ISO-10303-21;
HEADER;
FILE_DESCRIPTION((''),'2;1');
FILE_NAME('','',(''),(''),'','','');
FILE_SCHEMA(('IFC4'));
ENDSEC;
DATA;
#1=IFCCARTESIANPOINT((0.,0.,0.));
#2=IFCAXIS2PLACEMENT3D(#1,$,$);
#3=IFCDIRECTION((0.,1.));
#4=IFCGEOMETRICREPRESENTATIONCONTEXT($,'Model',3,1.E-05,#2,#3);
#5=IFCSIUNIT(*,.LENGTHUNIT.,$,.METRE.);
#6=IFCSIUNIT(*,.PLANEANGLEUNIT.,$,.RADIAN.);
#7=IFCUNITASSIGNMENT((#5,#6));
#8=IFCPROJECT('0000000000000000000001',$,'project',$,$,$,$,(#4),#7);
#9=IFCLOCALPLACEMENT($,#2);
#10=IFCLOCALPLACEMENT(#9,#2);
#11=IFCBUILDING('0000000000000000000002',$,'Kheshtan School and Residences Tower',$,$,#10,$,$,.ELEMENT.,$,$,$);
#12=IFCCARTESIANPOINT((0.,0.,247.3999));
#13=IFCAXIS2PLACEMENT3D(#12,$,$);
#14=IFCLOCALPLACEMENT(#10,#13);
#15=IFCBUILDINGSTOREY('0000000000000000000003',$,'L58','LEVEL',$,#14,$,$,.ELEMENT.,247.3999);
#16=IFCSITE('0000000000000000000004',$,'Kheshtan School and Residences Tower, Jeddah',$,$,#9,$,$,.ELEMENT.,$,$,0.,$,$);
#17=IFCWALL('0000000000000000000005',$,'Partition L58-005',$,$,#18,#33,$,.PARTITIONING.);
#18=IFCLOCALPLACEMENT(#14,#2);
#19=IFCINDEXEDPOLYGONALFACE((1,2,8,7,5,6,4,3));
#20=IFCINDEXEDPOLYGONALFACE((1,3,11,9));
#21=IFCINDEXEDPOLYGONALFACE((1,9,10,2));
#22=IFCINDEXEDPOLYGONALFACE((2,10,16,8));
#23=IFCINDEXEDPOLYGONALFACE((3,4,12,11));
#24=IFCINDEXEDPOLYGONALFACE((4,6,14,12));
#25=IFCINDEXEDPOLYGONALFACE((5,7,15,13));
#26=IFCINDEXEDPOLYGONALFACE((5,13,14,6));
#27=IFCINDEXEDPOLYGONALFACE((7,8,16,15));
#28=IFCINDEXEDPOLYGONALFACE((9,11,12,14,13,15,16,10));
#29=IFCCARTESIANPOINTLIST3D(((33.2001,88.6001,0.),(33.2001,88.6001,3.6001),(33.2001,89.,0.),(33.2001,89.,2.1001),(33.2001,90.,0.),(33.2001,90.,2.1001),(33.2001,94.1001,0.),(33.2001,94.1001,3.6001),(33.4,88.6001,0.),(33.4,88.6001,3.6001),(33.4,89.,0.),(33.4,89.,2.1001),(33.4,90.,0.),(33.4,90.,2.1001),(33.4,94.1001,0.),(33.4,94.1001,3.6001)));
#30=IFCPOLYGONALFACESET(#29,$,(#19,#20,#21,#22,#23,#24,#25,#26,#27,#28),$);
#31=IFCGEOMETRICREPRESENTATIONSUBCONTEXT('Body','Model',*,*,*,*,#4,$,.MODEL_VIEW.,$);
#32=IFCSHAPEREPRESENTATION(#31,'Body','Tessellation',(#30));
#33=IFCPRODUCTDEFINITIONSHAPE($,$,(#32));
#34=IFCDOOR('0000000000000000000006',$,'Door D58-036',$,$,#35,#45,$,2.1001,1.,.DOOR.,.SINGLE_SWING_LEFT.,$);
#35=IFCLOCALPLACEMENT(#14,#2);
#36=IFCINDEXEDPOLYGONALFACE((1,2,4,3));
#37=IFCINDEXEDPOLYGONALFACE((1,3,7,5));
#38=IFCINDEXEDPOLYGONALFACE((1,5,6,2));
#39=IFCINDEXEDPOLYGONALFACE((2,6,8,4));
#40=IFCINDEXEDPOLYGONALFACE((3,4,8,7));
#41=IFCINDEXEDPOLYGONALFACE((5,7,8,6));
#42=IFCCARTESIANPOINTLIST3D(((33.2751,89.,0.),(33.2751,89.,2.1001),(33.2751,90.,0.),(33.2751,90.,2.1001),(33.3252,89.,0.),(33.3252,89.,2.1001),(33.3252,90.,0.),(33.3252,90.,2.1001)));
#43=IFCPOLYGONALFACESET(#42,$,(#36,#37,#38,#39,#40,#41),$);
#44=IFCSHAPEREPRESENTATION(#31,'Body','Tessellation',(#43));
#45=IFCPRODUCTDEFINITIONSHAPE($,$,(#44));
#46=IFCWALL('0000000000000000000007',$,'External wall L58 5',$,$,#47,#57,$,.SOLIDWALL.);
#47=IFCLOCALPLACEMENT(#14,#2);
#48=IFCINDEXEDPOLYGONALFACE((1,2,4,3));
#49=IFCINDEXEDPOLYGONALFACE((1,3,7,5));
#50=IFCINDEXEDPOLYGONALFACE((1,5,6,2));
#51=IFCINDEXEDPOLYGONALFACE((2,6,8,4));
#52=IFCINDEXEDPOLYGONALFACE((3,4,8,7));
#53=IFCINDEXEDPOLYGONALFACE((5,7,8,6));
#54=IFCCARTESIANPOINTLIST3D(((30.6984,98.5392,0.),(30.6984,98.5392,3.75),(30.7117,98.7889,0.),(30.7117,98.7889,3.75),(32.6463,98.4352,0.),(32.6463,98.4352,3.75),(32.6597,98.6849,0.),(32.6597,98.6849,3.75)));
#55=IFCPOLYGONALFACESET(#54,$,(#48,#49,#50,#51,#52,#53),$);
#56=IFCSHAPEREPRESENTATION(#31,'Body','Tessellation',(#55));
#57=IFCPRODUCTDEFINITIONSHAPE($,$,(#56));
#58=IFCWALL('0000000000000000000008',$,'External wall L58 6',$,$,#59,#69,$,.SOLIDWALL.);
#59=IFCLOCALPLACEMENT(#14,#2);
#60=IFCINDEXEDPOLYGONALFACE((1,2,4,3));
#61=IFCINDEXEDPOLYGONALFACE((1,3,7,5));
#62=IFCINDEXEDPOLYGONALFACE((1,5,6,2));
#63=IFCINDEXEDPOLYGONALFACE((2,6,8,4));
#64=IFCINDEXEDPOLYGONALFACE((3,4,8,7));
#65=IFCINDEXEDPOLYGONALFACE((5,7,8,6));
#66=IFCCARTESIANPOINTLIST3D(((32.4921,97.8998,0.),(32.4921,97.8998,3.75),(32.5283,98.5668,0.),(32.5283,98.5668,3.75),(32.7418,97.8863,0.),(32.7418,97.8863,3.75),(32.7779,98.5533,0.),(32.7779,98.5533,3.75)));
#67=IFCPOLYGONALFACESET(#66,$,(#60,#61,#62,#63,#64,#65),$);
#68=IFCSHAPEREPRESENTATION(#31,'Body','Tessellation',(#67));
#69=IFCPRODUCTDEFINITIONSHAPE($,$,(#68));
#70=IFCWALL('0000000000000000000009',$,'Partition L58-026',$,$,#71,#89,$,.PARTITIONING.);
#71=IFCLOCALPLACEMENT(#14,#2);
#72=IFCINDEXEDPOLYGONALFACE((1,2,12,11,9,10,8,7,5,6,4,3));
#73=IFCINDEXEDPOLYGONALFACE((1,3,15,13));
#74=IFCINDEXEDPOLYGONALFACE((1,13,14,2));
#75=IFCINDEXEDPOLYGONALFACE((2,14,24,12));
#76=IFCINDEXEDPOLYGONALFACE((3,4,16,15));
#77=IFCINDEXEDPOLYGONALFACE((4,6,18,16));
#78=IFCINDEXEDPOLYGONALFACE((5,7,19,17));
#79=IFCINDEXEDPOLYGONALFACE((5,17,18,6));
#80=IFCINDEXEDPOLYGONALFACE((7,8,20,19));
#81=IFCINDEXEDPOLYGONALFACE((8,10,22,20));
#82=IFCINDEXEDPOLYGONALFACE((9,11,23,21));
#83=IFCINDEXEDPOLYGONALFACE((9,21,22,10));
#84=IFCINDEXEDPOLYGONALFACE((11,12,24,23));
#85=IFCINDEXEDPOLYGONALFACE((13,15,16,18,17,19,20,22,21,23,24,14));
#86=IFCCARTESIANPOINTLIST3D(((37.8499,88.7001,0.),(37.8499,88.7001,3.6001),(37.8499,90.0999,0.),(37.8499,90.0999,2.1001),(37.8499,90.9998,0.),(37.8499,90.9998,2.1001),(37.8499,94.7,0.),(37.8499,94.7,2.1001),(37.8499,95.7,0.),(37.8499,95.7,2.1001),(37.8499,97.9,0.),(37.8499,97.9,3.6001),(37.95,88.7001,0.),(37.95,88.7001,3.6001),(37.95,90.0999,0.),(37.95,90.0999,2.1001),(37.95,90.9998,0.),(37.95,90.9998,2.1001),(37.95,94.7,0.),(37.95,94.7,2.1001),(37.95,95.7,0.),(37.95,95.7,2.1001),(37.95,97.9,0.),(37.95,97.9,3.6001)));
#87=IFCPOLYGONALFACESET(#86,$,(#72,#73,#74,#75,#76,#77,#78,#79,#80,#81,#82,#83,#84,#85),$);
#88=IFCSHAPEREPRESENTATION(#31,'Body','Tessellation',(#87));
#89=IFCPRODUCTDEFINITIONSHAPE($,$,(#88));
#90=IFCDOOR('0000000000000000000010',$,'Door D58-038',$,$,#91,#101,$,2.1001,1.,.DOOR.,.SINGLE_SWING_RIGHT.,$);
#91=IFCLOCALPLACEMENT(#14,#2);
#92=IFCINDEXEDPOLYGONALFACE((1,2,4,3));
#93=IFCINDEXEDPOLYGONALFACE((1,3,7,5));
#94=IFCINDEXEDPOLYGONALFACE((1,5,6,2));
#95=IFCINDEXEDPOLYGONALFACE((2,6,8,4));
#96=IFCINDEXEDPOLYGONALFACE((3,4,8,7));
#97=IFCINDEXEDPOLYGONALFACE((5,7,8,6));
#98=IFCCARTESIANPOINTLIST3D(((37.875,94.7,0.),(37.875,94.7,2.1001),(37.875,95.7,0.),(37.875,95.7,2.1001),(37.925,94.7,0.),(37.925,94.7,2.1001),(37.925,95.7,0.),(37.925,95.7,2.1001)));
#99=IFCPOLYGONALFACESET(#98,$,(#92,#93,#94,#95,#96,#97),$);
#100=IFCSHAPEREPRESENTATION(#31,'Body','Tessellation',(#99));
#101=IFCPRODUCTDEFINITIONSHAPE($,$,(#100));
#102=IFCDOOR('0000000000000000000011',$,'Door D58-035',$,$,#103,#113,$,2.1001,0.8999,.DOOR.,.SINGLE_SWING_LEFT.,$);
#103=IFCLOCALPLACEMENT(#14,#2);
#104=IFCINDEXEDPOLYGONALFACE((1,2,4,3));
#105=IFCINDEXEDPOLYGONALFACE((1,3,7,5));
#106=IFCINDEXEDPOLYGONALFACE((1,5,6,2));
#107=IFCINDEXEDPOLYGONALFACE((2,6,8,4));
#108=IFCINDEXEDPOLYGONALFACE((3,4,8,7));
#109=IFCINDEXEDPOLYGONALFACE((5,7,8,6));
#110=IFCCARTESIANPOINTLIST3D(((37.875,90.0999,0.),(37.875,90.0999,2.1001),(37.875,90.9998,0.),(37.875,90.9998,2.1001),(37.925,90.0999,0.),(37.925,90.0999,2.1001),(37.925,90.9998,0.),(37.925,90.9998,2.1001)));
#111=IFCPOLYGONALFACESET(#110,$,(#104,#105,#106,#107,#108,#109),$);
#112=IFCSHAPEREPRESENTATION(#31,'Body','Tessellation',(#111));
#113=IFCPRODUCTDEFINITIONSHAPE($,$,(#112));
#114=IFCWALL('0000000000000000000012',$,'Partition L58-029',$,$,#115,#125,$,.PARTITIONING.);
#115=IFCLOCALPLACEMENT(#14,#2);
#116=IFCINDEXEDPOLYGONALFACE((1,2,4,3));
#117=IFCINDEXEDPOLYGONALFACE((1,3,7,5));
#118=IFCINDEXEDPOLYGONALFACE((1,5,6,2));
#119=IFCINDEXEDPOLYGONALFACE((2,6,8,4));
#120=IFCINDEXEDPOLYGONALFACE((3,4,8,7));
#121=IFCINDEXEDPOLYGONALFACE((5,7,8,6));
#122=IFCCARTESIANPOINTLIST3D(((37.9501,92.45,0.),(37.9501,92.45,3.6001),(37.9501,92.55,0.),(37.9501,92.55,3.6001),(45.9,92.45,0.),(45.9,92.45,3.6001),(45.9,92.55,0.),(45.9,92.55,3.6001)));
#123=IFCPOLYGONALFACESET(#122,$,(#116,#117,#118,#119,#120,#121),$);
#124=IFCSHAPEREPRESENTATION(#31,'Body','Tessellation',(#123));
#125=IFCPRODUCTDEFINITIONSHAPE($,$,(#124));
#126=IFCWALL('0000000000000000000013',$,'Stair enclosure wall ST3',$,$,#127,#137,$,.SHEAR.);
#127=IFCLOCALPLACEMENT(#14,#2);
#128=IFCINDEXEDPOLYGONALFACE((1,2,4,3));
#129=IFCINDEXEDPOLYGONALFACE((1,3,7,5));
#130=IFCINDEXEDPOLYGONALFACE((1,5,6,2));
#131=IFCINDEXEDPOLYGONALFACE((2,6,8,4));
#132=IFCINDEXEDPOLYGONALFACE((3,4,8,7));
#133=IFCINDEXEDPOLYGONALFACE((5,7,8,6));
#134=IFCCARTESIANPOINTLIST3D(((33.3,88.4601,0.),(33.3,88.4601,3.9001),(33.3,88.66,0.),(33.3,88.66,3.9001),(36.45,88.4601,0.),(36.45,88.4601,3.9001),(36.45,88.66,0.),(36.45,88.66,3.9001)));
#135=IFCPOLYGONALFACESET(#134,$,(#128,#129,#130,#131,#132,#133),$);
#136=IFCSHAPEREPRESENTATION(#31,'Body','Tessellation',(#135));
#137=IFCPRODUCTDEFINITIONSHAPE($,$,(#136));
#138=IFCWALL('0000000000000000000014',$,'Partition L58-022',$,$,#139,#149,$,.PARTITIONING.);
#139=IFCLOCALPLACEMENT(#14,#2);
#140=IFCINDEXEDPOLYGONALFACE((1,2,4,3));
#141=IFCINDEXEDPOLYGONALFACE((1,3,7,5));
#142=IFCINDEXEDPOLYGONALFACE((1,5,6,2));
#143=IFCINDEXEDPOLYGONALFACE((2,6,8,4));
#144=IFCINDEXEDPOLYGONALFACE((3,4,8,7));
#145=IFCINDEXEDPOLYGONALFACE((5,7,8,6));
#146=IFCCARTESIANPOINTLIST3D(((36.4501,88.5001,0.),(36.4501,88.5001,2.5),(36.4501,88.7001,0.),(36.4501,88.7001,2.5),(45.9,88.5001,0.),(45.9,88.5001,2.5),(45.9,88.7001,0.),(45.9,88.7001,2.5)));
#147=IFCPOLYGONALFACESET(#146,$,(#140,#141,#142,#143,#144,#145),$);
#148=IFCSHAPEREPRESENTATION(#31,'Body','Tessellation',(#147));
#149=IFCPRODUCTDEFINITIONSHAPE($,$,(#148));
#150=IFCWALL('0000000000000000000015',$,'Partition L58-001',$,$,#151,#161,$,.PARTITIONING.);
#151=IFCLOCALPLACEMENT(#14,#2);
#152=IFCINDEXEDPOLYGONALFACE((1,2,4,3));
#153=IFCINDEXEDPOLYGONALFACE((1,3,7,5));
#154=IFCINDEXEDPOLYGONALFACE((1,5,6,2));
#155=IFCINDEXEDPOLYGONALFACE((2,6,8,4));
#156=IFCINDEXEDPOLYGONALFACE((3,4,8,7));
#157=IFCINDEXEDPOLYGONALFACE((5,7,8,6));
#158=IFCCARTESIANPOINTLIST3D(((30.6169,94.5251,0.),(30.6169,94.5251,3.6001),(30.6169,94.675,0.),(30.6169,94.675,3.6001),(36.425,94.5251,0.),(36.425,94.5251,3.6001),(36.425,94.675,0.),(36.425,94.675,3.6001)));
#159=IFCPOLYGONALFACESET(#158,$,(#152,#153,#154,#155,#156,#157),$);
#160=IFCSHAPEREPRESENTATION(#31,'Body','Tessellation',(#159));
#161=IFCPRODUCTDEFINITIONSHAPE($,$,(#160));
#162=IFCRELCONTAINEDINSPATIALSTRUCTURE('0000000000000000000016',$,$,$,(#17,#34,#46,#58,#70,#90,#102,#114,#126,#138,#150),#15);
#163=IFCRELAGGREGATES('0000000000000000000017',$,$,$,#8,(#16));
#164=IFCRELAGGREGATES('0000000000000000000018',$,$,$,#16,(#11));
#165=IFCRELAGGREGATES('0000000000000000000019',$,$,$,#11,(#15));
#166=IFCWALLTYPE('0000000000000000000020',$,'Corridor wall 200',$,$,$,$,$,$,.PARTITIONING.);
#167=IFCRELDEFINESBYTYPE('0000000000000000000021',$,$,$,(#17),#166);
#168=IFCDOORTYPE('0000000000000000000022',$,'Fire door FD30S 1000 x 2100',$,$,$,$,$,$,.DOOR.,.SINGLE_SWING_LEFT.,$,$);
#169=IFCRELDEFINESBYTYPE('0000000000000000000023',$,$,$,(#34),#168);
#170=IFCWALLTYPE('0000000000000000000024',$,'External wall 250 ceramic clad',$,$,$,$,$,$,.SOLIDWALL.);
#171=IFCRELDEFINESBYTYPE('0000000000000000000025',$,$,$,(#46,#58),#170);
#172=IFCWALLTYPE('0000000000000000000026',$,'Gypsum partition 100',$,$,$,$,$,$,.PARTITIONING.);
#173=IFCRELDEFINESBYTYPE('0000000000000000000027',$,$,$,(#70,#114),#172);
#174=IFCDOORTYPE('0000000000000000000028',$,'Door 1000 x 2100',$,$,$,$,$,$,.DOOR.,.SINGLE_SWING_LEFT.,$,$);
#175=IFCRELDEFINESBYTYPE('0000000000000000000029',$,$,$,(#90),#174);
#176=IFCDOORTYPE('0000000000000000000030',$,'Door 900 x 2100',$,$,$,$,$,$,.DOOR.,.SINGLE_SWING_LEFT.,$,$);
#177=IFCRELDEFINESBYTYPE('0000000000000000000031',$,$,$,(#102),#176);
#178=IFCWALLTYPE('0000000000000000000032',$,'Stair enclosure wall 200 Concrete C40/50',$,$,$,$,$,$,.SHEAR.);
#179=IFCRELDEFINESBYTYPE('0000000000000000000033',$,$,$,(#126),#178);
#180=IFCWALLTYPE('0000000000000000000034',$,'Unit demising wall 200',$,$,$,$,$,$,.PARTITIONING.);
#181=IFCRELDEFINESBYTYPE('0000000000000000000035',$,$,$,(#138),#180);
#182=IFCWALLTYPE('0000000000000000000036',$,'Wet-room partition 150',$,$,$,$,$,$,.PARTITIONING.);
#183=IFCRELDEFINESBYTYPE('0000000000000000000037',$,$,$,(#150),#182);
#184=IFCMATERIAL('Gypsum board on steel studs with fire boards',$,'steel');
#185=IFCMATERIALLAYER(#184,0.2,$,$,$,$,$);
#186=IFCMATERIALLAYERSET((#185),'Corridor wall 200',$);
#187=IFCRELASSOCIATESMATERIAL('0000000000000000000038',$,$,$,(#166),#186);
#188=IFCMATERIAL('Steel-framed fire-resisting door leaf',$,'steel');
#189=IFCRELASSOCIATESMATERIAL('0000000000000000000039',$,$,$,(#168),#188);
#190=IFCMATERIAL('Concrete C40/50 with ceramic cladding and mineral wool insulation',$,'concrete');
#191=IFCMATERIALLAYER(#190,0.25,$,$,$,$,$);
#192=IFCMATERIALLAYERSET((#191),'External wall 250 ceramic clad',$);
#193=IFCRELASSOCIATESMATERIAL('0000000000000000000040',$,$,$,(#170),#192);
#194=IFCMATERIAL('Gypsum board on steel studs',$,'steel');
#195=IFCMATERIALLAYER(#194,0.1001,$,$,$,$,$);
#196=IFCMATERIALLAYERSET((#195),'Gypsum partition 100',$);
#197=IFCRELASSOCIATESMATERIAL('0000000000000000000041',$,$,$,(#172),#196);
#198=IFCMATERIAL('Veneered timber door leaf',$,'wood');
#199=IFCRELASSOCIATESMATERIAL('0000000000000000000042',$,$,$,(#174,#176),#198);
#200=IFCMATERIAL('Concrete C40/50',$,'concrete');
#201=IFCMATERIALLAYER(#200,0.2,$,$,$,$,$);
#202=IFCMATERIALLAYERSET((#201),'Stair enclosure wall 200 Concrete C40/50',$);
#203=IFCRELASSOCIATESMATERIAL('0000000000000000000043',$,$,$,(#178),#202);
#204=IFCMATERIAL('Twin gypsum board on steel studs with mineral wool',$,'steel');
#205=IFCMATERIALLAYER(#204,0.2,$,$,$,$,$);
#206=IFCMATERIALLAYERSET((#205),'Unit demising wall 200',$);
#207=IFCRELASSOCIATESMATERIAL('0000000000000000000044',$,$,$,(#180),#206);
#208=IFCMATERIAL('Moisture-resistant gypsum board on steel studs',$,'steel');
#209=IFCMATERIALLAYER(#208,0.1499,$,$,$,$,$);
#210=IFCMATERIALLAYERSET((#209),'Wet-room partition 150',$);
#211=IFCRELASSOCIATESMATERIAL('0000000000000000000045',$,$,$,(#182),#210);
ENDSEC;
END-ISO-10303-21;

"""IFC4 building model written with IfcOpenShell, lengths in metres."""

from ifc_helpers import new_model, si_unit, direction, frame, frame_2d, origin, place, context, subcontext, project, spatial, rectangle, extrude, source, transform, mapped, material, layer, layer_set, type_object, element, fill, save


model = new_model("IFC4")

# Units and contexts
model_context = context("Model", 3, precision=1e-05, world=origin(), true_north=direction((0.0, 1.0)))
body_context = subcontext(model_context, "Body", "Model", "MODEL_VIEW")
ifc_project = project(units=[si_unit("LENGTHUNIT", "METRE"), si_unit("PLANEANGLEUNIT", "RADIAN")], contexts=[model_context])

# Site, building, storey
site_placement = place(None, origin())
site = spatial("IfcSite", under=ifc_project, at=site_placement, Name="Kheshtan School and Residences Tower, Jeddah", CompositionType="ELEMENT", RefElevation=0.0)
building_placement = place(site_placement, origin())
building = spatial("IfcBuilding", under=site, at=building_placement, Name="Kheshtan School and Residences Tower", CompositionType="ELEMENT")
storey_placement = place(building_placement, frame((0.0, 0.0, 247.3999)))
storey = spatial("IfcBuildingStorey", under=building, at=storey_placement, Name="L58", Description="LEVEL", CompositionType="ELEMENT", Elevation=247.3999)

# Shared definitions
ifc_material_1 = material(Name="Gypsum board on steel studs with fire boards", Category="steel")
ifc_layer_1 = layer(ifc_material_1, 0.2)
ifc_layer_set_1 = layer_set([ifc_layer_1], Name="Corridor wall 200")
wall_type_1 = type_object("IfcWallType", Name="Corridor wall 200", PredefinedType="PARTITIONING", material=ifc_layer_set_1)

# Wall, opening, door
wall_1_placement = place(storey_placement, frame((33.3, 88.6001, 0.0), z_axis=(0.0, 0.0, 1.0), x_axis=(0.0, 1.0, 0.0)))
wall_1 = element("IfcWall", 1, at=wall_1_placement, inside=storey, type_object=wall_type_1, Name="Partition L58-005", PredefinedType="PARTITIONING", context=body_context, shape_type="SweptSolid", body=[
    extrude(rectangle(XDim=5.5, YDim=0.2, at=frame_2d((2.75, 0.0))), origin(), (0.0, 0.0, 1.0), 3.6001),
])
opening_1_placement = place(wall_1_placement, frame((0.3999, 0.0, 0.0)))
opening_1 = element("IfcOpeningElement", 2, at=opening_1_placement, cuts=wall_1, PredefinedType="OPENING", context=body_context, shape_type="SweptSolid", body=[
    extrude(rectangle(XDim=1.0, YDim=2.1001, at=frame_2d((0.5, 1.05))), frame((0.0, 0.1099, 0.0), z_axis=(0.0, -1.0, 0.0), x_axis=(1.0, 0.0, 0.0)), (0.0, 0.0, 1.0), 0.22),
])
ifc_material_2 = material(Name="Steel-framed fire-resisting door leaf", Category="steel")
door_type_1 = type_object("IfcDoorType", Name="Fire door FD30S 1000 x 2100", OperationType="SINGLE_SWING_LEFT", PredefinedType="DOOR", material=ifc_material_2)
shared_shape_1 = source(origin(), body_context, "Body", "SweptSolid", [
    extrude(rectangle(XDim=1.0, YDim=2.1001, at=frame_2d((0.5, 1.05))), frame((0.0, 0.0249, 0.0), z_axis=(0.0, -1.0, 0.0), x_axis=(1.0, 0.0, 0.0)), (0.0, 0.0, 1.0), 0.05),
])
door_1_placement = place(opening_1_placement, origin())
door_1 = element("IfcDoor", 3, at=door_1_placement, inside=storey, type_object=door_type_1, Name="Door D58-036", OperationType="SINGLE_SWING_LEFT", OverallHeight=2.1001, OverallWidth=1.0, PredefinedType="DOOR", context=body_context, shape_type="MappedRepresentation", body=[
    mapped(shared_shape_1, transform((0.0, 0.0, 0.0), x_axis=(1.0, 0.0, 0.0), y_axis=(0.0, 1.0, 0.0), z_axis=(0.0, 0.0, 1.0), scale=1.0)),
])
fill(opening_1, door_1)

# Walls
ifc_material_3 = material(Name="Concrete C40/50 with ceramic cladding and mineral wool insulation", Category="concrete")
ifc_layer_2 = layer(ifc_material_3, 0.25)
ifc_layer_set_2 = layer_set([ifc_layer_2], Name="External wall 250 ceramic clad")
wall_type_2 = type_object("IfcWallType", Name="External wall 250 ceramic clad", PredefinedType="SOLIDWALL", material=ifc_layer_set_2)
wall_2_placement = place(storey_placement, frame((30.7051, 98.6641, 0.0), z_axis=(0.0, 0.0, 1.0), x_axis=(0.998578, -0.053314, 0.0)))
element("IfcWall", 4, at=wall_2_placement, inside=storey, type_object=wall_type_2, Name="External wall L58 5", PredefinedType="SOLIDWALL", context=body_context, shape_type="SweptSolid", body=[
    extrude(rectangle(XDim=1.9507, YDim=0.25, at=frame_2d((0.9753, 0.0))), origin(), (0.0, 0.0, 1.0), 3.75),
])
wall_3_placement = place(storey_placement, frame((32.6531, 98.5601, 0.0), z_axis=(0.0, 0.0, 1.0), x_axis=(-0.054093, -0.998536, 0.0)))
element("IfcWall", 5, at=wall_3_placement, inside=storey, type_object=wall_type_2, Name="External wall L58 6", PredefinedType="SOLIDWALL", context=body_context, shape_type="SweptSolid", body=[
    extrude(rectangle(XDim=0.668, YDim=0.25, at=frame_2d((0.334, 0.0))), origin(), (0.0, 0.0, 1.0), 3.75),
])

# Wall, openings, doors
ifc_material_4 = material(Name="Gypsum board on steel studs", Category="steel")
ifc_layer_3 = layer(ifc_material_4, 0.1001)
ifc_layer_set_3 = layer_set([ifc_layer_3], Name="Gypsum partition 100")
wall_type_3 = type_object("IfcWallType", Name="Gypsum partition 100", PredefinedType="PARTITIONING", material=ifc_layer_set_3)
wall_4_placement = place(storey_placement, frame((37.8999, 88.7, 0.0), z_axis=(0.0, 0.0, 1.0), x_axis=(0.0, 1.0, 0.0)))
wall_4 = element("IfcWall", 6, at=wall_4_placement, inside=storey, type_object=wall_type_3, Name="Partition L58-026", PredefinedType="PARTITIONING", context=body_context, shape_type="SweptSolid", body=[
    extrude(rectangle(XDim=9.2, YDim=0.1001, at=frame_2d((4.6001, 0.0))), origin(), (0.0, 0.0, 1.0), 3.6001),
])
opening_2_placement = place(wall_4_placement, frame((1.3999, 0.0, 0.0)))
opening_2 = element("IfcOpeningElement", 7, at=opening_2_placement, cuts=wall_4, PredefinedType="OPENING", context=body_context, shape_type="SweptSolid", body=[
    extrude(rectangle(XDim=0.8999, YDim=2.1001, at=frame_2d((0.45, 1.05))), frame((0.0, 0.0601, 0.0), z_axis=(0.0, -1.0, 0.0), x_axis=(1.0, 0.0, 0.0)), (0.0, 0.0, 1.0), 0.1201),
])
opening_3_placement = place(wall_4_placement, frame((6.0, 0.0, 0.0)))
opening_3 = element("IfcOpeningElement", 8, at=opening_3_placement, cuts=wall_4, PredefinedType="OPENING", context=body_context, shape_type="SweptSolid", body=[
    extrude(rectangle(XDim=1.0, YDim=2.1001, at=frame_2d((0.5, 1.05))), frame((0.0, 0.0601, 0.0), z_axis=(0.0, -1.0, 0.0), x_axis=(1.0, 0.0, 0.0)), (0.0, 0.0, 1.0), 0.1201),
])
ifc_material_5 = material(Name="Veneered timber door leaf", Category="wood")
door_type_2 = type_object("IfcDoorType", Name="Door 1000 x 2100", OperationType="SINGLE_SWING_LEFT", PredefinedType="DOOR", material=ifc_material_5)
shared_shape_2 = source(origin(), body_context, "Body", "SweptSolid", [
    extrude(rectangle(XDim=1.0, YDim=2.1001, at=frame_2d((0.5, 1.05))), frame((0.0, 0.0249, 0.0), z_axis=(0.0, -1.0, 0.0), x_axis=(1.0, 0.0, 0.0)), (0.0, 0.0, 1.0), 0.05),
])
door_2_placement = place(opening_3_placement, origin())
door_2 = element("IfcDoor", 9, at=door_2_placement, inside=storey, type_object=door_type_2, Name="Door D58-038", OperationType="SINGLE_SWING_RIGHT", OverallHeight=2.1001, OverallWidth=1.0, PredefinedType="DOOR", context=body_context, shape_type="MappedRepresentation", body=[
    mapped(shared_shape_2, transform((0.0, 0.0, 0.0), x_axis=(1.0, 0.0, 0.0), y_axis=(0.0, 1.0, 0.0), z_axis=(0.0, 0.0, 1.0), scale=1.0)),
])
fill(opening_3, door_2)
door_type_3 = type_object("IfcDoorType", Name="Door 900 x 2100", OperationType="SINGLE_SWING_LEFT", PredefinedType="DOOR", material=ifc_material_5)
shared_shape_3 = source(origin(), body_context, "Body", "SweptSolid", [
    extrude(rectangle(XDim=0.8999, YDim=2.1001, at=frame_2d((0.45, 1.05))), frame((0.0, 0.0249, 0.0), z_axis=(0.0, -1.0, 0.0), x_axis=(1.0, 0.0, 0.0)), (0.0, 0.0, 1.0), 0.05),
])
door_3_placement = place(opening_2_placement, origin())
door_3 = element("IfcDoor", 10, at=door_3_placement, inside=storey, type_object=door_type_3, Name="Door D58-035", OperationType="SINGLE_SWING_LEFT", OverallHeight=2.1001, OverallWidth=0.8999, PredefinedType="DOOR", context=body_context, shape_type="MappedRepresentation", body=[
    mapped(shared_shape_3, transform((0.0, 0.0, 0.0), x_axis=(1.0, 0.0, 0.0), y_axis=(0.0, 1.0, 0.0), z_axis=(0.0, 0.0, 1.0), scale=1.0)),
])
fill(opening_2, door_3)

# Walls
wall_5_placement = place(storey_placement, frame((37.95, 92.5, 0.0), z_axis=(0.0, 0.0, 1.0), x_axis=(1.0, 0.0, 0.0)))
element("IfcWall", 11, at=wall_5_placement, inside=storey, type_object=wall_type_3, Name="Partition L58-029", PredefinedType="PARTITIONING", context=body_context, shape_type="SweptSolid", body=[
    extrude(rectangle(XDim=7.95, YDim=0.1001, at=frame_2d((3.9751, 0.0))), origin(), (0.0, 0.0, 1.0), 3.6001),
])
ifc_material_6 = material(Name="Concrete C40/50", Category="concrete")
ifc_layer_4 = layer(ifc_material_6, 0.2)
ifc_layer_set_4 = layer_set([ifc_layer_4], Name="Stair enclosure wall 200 Concrete C40/50")
wall_type_4 = type_object("IfcWallType", Name="Stair enclosure wall 200 Concrete C40/50", PredefinedType="SHEAR", material=ifc_layer_set_4)
wall_6_placement = place(storey_placement, frame((33.3, 88.5601, 0.0), z_axis=(0.0, 0.0, 1.0), x_axis=(1.0, 0.0, 0.0)))
element("IfcWall", 12, at=wall_6_placement, inside=storey, type_object=wall_type_4, Name="Stair enclosure wall ST3", PredefinedType="SHEAR", context=body_context, shape_type="SweptSolid", body=[
    extrude(rectangle(XDim=3.1499, YDim=0.2, at=frame_2d((1.575, 0.0))), origin(), (0.0, 0.0, 1.0), 3.9001),
])
ifc_material_7 = material(Name="Twin gypsum board on steel studs with mineral wool", Category="steel")
ifc_layer_5 = layer(ifc_material_7, 0.2)
ifc_layer_set_5 = layer_set([ifc_layer_5], Name="Unit demising wall 200")
wall_type_5 = type_object("IfcWallType", Name="Unit demising wall 200", PredefinedType="PARTITIONING", material=ifc_layer_set_5)
wall_7_placement = place(storey_placement, frame((36.45, 88.6001, 0.0), z_axis=(0.0, 0.0, 1.0), x_axis=(1.0, 0.0, 0.0)))
element("IfcWall", 13, at=wall_7_placement, inside=storey, type_object=wall_type_5, Name="Partition L58-022", PredefinedType="PARTITIONING", context=body_context, shape_type="SweptSolid", body=[
    extrude(rectangle(XDim=9.45, YDim=0.2, at=frame_2d((4.7251, 0.0))), origin(), (0.0, 0.0, 1.0), 2.5),
])
ifc_material_8 = material(Name="Moisture-resistant gypsum board on steel studs", Category="steel")
ifc_layer_6 = layer(ifc_material_8, 0.1499)
ifc_layer_set_6 = layer_set([ifc_layer_6], Name="Wet-room partition 150")
wall_type_6 = type_object("IfcWallType", Name="Wet-room partition 150", PredefinedType="PARTITIONING", material=ifc_layer_set_6)
wall_8_placement = place(storey_placement, frame((30.6169, 94.6001, 0.0), z_axis=(0.0, 0.0, 1.0), x_axis=(1.0, 0.0, 0.0)))
element("IfcWall", 14, at=wall_8_placement, inside=storey, type_object=wall_type_6, Name="Partition L58-001", PredefinedType="PARTITIONING", context=body_context, shape_type="SweptSolid", body=[
    extrude(rectangle(XDim=5.8081, YDim=0.1499, at=frame_2d((2.9041, 0.0))), origin(), (0.0, 0.0, 1.0), 3.6001),
])

save(model, "model.ifc")
